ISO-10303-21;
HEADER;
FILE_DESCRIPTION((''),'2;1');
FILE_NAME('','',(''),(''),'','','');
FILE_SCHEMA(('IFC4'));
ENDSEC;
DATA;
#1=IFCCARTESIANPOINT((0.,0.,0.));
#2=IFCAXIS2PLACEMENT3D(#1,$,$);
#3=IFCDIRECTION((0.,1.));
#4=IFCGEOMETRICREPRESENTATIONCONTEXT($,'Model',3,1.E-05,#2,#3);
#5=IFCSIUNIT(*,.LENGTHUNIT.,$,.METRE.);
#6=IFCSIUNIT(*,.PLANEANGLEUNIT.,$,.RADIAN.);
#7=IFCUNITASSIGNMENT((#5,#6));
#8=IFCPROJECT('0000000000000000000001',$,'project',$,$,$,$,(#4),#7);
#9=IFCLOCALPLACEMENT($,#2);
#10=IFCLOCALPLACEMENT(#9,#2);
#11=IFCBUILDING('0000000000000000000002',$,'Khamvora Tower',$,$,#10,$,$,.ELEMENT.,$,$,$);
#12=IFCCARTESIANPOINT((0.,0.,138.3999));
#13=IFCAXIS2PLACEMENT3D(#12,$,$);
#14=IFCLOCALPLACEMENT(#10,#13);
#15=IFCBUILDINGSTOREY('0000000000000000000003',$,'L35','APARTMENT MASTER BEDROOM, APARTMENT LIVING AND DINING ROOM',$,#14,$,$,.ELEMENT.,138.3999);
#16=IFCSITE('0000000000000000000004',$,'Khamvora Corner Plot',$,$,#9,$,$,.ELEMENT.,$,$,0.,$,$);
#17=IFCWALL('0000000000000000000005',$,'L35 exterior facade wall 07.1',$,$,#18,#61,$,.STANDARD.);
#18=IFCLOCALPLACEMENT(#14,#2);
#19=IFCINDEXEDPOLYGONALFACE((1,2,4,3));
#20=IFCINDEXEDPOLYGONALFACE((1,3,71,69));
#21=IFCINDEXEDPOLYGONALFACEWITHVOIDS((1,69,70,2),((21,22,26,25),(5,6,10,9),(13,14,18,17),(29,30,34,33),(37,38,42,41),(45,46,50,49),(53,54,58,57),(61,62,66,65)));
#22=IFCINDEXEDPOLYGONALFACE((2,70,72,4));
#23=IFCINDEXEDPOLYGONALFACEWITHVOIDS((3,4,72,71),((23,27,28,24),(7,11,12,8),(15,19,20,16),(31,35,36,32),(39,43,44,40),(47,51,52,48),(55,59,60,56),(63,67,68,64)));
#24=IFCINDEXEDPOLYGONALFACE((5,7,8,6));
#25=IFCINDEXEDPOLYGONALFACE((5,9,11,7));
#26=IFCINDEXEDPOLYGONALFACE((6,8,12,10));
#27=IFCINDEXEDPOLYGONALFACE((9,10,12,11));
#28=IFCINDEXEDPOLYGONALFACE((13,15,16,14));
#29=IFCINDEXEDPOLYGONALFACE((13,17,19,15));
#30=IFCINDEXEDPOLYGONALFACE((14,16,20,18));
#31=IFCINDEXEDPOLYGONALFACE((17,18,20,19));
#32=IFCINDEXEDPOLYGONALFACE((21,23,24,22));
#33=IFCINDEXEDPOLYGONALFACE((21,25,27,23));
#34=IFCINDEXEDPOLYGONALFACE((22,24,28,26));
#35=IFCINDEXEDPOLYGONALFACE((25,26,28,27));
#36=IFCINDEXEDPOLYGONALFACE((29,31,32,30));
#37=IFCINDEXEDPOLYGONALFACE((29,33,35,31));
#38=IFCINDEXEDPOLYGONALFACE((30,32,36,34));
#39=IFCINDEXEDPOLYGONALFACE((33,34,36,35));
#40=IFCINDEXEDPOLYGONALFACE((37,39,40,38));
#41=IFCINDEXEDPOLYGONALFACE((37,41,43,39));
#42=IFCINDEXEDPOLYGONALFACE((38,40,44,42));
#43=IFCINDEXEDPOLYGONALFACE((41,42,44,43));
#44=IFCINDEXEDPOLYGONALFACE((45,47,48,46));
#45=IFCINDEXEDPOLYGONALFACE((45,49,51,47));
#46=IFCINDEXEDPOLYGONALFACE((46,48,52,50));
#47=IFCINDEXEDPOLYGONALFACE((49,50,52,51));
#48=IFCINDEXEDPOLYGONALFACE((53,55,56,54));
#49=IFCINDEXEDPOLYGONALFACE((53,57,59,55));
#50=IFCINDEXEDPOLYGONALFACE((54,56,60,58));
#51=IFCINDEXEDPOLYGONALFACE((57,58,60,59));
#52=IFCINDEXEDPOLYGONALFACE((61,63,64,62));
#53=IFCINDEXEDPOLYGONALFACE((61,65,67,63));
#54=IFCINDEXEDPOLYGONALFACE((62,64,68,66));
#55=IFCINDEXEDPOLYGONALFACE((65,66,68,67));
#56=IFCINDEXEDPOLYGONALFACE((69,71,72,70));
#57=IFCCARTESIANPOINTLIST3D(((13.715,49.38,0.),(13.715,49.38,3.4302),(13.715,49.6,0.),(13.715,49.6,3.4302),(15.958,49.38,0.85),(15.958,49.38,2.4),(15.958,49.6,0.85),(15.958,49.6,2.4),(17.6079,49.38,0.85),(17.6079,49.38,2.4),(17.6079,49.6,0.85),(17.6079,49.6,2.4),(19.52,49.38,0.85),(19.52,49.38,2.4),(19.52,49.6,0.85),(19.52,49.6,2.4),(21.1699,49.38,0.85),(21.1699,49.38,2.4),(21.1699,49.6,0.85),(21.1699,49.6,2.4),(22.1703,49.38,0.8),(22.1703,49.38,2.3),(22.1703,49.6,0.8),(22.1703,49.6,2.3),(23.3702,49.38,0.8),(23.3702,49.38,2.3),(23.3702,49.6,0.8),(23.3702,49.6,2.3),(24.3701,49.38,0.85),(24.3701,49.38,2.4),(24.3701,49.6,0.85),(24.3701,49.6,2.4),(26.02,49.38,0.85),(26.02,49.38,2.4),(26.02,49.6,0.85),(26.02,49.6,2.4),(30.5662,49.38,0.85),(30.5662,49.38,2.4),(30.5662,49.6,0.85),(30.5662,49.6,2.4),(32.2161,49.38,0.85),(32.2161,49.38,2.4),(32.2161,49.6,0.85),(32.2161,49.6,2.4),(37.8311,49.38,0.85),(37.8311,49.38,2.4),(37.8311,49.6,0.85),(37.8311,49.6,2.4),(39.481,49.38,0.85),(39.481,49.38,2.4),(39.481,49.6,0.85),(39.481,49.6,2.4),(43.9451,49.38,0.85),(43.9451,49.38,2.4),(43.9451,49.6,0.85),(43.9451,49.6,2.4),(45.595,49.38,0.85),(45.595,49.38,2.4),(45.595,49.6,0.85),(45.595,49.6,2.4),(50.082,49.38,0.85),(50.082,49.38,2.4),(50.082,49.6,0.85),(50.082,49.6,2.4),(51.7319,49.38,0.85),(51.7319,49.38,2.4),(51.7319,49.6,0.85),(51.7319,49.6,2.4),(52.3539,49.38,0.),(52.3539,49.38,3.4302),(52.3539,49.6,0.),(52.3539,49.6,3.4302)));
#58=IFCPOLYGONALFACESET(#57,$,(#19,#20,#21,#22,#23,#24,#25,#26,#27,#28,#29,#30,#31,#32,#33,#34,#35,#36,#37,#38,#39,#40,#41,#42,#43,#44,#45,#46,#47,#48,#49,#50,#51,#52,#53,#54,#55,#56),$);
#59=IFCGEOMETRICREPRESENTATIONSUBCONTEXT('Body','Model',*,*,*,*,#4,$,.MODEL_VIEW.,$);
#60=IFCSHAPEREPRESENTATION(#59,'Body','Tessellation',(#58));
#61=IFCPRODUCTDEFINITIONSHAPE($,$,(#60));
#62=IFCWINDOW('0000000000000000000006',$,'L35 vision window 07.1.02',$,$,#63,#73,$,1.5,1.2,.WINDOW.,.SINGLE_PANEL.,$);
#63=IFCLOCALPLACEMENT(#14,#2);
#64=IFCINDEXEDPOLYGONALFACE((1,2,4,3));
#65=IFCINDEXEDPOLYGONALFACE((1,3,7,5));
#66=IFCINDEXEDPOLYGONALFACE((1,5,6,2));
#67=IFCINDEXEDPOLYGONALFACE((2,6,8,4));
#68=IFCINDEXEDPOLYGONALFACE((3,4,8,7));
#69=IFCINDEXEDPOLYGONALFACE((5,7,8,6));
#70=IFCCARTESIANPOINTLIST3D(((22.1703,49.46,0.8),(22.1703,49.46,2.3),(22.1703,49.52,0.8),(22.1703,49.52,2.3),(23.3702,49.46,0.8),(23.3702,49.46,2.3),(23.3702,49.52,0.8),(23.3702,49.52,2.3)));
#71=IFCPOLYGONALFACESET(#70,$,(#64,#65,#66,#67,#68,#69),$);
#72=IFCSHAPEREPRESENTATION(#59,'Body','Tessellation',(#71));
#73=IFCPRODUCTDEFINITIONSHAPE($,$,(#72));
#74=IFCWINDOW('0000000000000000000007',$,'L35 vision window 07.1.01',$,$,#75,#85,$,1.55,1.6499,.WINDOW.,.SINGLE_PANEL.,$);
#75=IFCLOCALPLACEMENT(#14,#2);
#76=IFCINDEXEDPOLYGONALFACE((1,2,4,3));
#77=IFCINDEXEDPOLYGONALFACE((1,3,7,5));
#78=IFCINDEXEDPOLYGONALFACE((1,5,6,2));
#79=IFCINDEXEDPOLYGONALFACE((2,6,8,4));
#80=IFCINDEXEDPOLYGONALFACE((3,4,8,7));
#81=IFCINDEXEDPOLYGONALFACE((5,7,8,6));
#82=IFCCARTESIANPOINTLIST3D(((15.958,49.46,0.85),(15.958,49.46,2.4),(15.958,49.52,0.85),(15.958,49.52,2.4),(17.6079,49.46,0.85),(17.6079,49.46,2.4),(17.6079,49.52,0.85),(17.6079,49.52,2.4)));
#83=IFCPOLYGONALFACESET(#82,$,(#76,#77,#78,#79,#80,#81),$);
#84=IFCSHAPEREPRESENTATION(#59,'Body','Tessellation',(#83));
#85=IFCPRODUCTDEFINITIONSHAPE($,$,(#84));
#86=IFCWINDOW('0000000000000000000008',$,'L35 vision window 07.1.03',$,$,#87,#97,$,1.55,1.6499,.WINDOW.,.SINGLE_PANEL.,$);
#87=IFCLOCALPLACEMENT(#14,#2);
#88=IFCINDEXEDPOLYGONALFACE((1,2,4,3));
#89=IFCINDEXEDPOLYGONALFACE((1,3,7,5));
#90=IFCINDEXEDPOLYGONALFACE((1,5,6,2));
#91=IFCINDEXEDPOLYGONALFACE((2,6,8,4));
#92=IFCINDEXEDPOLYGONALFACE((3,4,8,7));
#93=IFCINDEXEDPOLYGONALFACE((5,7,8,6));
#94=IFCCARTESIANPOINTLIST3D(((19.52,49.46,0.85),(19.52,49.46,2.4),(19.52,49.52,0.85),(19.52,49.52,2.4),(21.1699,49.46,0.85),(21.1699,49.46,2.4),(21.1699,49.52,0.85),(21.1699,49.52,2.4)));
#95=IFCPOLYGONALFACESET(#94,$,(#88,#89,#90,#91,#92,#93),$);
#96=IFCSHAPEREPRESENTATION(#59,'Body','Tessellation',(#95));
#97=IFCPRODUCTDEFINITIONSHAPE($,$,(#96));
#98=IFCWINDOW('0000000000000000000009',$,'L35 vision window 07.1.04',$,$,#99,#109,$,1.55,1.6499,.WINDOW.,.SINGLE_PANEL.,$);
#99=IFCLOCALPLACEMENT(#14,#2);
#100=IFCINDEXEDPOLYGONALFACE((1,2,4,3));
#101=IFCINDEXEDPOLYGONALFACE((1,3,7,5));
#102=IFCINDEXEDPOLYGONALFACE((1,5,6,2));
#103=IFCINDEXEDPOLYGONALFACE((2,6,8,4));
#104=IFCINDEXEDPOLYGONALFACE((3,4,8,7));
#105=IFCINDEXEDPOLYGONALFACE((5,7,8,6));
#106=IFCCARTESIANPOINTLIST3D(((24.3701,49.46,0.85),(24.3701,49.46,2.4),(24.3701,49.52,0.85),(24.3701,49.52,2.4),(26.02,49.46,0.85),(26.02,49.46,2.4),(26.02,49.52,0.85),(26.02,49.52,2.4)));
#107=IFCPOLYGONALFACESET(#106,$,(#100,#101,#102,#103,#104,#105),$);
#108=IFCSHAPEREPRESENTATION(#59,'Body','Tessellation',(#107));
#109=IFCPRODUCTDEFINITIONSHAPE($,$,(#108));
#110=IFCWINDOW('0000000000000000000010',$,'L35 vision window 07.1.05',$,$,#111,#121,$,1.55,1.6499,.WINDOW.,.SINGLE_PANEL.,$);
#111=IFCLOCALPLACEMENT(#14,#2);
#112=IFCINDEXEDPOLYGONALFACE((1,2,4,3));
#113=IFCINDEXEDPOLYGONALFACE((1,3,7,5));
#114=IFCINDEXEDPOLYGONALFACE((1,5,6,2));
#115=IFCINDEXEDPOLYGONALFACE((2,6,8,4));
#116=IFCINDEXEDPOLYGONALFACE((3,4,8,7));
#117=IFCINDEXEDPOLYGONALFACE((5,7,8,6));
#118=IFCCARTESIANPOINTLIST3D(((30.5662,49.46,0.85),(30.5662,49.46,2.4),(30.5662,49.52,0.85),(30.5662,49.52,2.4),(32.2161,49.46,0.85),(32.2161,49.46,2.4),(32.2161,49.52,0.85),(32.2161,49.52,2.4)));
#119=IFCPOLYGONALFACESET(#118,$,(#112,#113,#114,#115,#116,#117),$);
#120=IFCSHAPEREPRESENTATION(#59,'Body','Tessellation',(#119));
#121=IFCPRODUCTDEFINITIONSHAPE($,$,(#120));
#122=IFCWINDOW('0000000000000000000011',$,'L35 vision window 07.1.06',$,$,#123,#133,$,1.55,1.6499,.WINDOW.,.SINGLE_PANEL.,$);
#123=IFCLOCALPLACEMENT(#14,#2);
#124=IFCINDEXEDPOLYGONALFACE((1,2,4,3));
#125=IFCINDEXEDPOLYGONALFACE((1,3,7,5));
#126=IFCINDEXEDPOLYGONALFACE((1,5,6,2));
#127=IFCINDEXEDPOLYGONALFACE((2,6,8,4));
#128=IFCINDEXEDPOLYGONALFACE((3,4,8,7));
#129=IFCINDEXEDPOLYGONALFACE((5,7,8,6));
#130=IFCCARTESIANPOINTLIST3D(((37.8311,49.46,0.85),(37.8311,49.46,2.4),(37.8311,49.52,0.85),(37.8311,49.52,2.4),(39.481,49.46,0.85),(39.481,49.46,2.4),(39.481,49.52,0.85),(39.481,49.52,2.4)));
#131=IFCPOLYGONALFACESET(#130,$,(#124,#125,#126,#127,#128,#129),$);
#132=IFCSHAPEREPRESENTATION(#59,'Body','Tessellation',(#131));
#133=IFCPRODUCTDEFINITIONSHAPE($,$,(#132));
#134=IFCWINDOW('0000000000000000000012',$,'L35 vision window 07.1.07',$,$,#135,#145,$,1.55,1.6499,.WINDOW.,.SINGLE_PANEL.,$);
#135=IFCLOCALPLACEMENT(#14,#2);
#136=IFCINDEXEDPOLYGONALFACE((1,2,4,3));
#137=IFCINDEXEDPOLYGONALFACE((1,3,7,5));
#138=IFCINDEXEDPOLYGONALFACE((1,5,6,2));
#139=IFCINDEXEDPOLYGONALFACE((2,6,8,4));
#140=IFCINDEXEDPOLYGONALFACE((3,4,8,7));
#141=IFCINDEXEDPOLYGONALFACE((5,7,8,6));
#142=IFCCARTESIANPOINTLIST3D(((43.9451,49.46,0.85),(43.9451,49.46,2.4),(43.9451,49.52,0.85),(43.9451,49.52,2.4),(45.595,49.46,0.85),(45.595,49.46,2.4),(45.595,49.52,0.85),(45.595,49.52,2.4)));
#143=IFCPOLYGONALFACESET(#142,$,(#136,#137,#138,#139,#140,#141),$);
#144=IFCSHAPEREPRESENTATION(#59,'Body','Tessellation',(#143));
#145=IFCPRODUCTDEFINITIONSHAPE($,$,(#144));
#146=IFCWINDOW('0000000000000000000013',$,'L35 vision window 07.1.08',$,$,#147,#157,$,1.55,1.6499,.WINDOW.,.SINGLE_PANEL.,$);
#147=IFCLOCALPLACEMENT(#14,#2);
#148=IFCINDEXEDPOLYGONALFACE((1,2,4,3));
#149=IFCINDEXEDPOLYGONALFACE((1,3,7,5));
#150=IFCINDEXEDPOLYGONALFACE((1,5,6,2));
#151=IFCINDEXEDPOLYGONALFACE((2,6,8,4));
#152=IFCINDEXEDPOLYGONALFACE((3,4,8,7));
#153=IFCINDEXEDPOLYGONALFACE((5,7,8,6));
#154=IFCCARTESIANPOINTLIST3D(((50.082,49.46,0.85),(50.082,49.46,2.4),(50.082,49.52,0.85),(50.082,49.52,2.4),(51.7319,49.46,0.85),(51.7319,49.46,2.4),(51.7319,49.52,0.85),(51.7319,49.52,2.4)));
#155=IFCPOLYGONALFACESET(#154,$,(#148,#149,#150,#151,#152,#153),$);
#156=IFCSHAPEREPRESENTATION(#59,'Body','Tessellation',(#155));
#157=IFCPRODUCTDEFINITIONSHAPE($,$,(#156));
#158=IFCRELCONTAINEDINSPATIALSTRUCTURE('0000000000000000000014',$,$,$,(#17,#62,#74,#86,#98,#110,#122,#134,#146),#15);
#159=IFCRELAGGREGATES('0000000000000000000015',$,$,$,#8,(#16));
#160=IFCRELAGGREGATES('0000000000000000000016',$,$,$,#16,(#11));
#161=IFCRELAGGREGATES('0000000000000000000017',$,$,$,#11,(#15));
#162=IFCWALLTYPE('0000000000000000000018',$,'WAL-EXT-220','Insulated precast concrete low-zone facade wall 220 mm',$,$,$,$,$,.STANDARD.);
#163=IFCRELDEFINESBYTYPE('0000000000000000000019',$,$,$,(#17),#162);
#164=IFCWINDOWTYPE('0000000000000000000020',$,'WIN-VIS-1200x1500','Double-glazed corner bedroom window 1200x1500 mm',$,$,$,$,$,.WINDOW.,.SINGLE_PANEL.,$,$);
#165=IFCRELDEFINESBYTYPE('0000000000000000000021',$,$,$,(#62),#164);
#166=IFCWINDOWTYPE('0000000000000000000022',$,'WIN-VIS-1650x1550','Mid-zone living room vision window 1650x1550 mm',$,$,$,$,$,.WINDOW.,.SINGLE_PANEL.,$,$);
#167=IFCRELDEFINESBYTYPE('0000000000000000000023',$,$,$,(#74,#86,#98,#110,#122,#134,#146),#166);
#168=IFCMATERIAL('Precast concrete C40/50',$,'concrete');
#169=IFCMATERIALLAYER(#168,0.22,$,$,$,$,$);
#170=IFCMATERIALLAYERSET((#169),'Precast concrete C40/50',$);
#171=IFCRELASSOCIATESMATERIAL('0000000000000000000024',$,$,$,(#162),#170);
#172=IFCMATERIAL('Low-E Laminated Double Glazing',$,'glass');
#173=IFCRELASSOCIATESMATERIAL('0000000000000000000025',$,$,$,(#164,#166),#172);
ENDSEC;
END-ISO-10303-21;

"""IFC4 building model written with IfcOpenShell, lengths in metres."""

from ifc_helpers import new_model, si_unit, direction, frame, frame_2d, origin, place, context, subcontext, project, spatial, rectangle, extrude, material, layer, layer_set, type_object, element, fill, save


model = new_model("IFC4")

# Units and contexts
model_context = context("Model", 3, precision=1e-05, world=origin(), true_north=direction((0.0, 1.0)))
body_context = subcontext(model_context, "Body", "Model", "MODEL_VIEW")
ifc_project = project(units=[si_unit("LENGTHUNIT", "METRE"), si_unit("PLANEANGLEUNIT", "RADIAN")], contexts=[model_context])

# Site, building, storey
site_placement = place(None, origin())
site = spatial("IfcSite", under=ifc_project, at=site_placement, Name="Khamvora Corner Plot", CompositionType="ELEMENT", RefElevation=0.0)
building_placement = place(site_placement, origin())
building = spatial("IfcBuilding", under=site, at=building_placement, Name="Khamvora Tower", CompositionType="ELEMENT")
storey_placement = place(building_placement, frame((0.0, 0.0, 138.3999)))
storey = spatial("IfcBuildingStorey", under=building, at=storey_placement, Name="L35", Description="APARTMENT MASTER BEDROOM, APARTMENT LIVING AND DINING ROOM", CompositionType="ELEMENT", Elevation=138.3999)

# Shared definitions
ifc_material_1 = material(Name="Precast concrete C40/50", Category="concrete")
ifc_layer_1 = layer(ifc_material_1, 0.22)
ifc_layer_set_1 = layer_set([ifc_layer_1], Name="Precast concrete C40/50")
wall_type_1 = type_object("IfcWallType", Name="WAL-EXT-220", Description="Insulated precast concrete low-zone facade wall 220 mm", PredefinedType="STANDARD", material=ifc_layer_set_1)

# Wall, openings, windows
wall_1_placement = place(storey_placement, frame((13.7151, 49.49, 0.0), z_axis=(0.0, 0.0, 1.0), x_axis=(1.0, 0.0, 0.0)))
wall_1 = element("IfcWall", 1, at=wall_1_placement, inside=storey, type_object=wall_type_1, Name="L35 exterior facade wall 07.1", PredefinedType="STANDARD", context=body_context, shape_type="SweptSolid", body=[
    extrude(rectangle(XDim=38.6389, YDim=0.22, at=frame_2d((19.3193, 0.0))), origin(), (0.0, 0.0, 1.0), 3.4302),
])
opening_1_placement = place(wall_1_placement, frame((2.2429, 0.0, 0.8501)))
opening_1 = element("IfcOpeningElement", 2, at=opening_1_placement, cuts=wall_1, PredefinedType="OPENING", context=body_context, shape_type="SweptSolid", body=[
    extrude(rectangle(XDim=1.6499, YDim=1.55, at=frame_2d((0.825, 0.7749))), frame((0.0, 0.1199, 0.0), z_axis=(0.0, -1.0, 0.0), x_axis=(1.0, 0.0, 0.0)), (0.0, 0.0, 1.0), 0.24),
])
opening_2_placement = place(wall_1_placement, frame((8.4551, 0.0, 0.8)))
opening_2 = element("IfcOpeningElement", 3, at=opening_2_placement, cuts=wall_1, PredefinedType="OPENING", context=body_context, shape_type="SweptSolid", body=[
    extrude(rectangle(XDim=1.2, YDim=1.5, at=frame_2d((0.6001, 0.75))), frame((0.0, 0.1199, 0.0), z_axis=(0.0, -1.0, 0.0), x_axis=(1.0, 0.0, 0.0)), (0.0, 0.0, 1.0), 0.24),
])
opening_3_placement = place(wall_1_placement, frame((5.8049, 0.0, 0.8501)))
opening_3 = element("IfcOpeningElement", 4, at=opening_3_placement, cuts=wall_1, PredefinedType="OPENING", context=body_context, shape_type="SweptSolid", body=[
    extrude(rectangle(XDim=1.6499, YDim=1.55, at=frame_2d((0.825, 0.7749))), frame((0.0, 0.1199, 0.0), z_axis=(0.0, -1.0, 0.0), x_axis=(1.0, 0.0, 0.0)), (0.0, 0.0, 1.0), 0.24),
])
opening_4_placement = place(wall_1_placement, frame((10.655, 0.0, 0.8501)))
opening_4 = element("IfcOpeningElement", 5, at=opening_4_placement, cuts=wall_1, PredefinedType="OPENING", context=body_context, shape_type="SweptSolid", body=[
    extrude(rectangle(XDim=1.6499, YDim=1.55, at=frame_2d((0.825, 0.7749))), frame((0.0, 0.1199, 0.0), z_axis=(0.0, -1.0, 0.0), x_axis=(1.0, 0.0, 0.0)), (0.0, 0.0, 1.0), 0.24),
])
opening_5_placement = place(wall_1_placement, frame((16.8511, 0.0, 0.8501)))
opening_5 = element("IfcOpeningElement", 6, at=opening_5_placement, cuts=wall_1, PredefinedType="OPENING", context=body_context, shape_type="SweptSolid", body=[
    extrude(rectangle(XDim=1.6499, YDim=1.55, at=frame_2d((0.825, 0.7749))), frame((0.0, 0.1199, 0.0), z_axis=(0.0, -1.0, 0.0), x_axis=(1.0, 0.0, 0.0)), (0.0, 0.0, 1.0), 0.24),
])
opening_6_placement = place(wall_1_placement, frame((24.116, 0.0, 0.8501)))
opening_6 = element("IfcOpeningElement", 7, at=opening_6_placement, cuts=wall_1, PredefinedType="OPENING", context=body_context, shape_type="SweptSolid", body=[
    extrude(rectangle(XDim=1.6499, YDim=1.55, at=frame_2d((0.825, 0.7749))), frame((0.0, 0.1199, 0.0), z_axis=(0.0, -1.0, 0.0), x_axis=(1.0, 0.0, 0.0)), (0.0, 0.0, 1.0), 0.24),
])
opening_7_placement = place(wall_1_placement, frame((30.23, 0.0, 0.8501)))
opening_7 = element("IfcOpeningElement", 8, at=opening_7_placement, cuts=wall_1, PredefinedType="OPENING", context=body_context, shape_type="SweptSolid", body=[
    extrude(rectangle(XDim=1.6499, YDim=1.55, at=frame_2d((0.825, 0.7749))), frame((0.0, 0.1199, 0.0), z_axis=(0.0, -1.0, 0.0), x_axis=(1.0, 0.0, 0.0)), (0.0, 0.0, 1.0), 0.24),
])
opening_8_placement = place(wall_1_placement, frame((36.3669, 0.0, 0.8501)))
opening_8 = element("IfcOpeningElement", 9, at=opening_8_placement, cuts=wall_1, PredefinedType="OPENING", context=body_context, shape_type="SweptSolid", body=[
    extrude(rectangle(XDim=1.6499, YDim=1.55, at=frame_2d((0.825, 0.7749))), frame((0.0, 0.1199, 0.0), z_axis=(0.0, -1.0, 0.0), x_axis=(1.0, 0.0, 0.0)), (0.0, 0.0, 1.0), 0.24),
])
ifc_material_2 = material(Name="Low-E Laminated Double Glazing", Category="glass")
window_type_1 = type_object("IfcWindowType", Name="WIN-VIS-1200x1500", Description="Double-glazed corner bedroom window 1200x1500 mm", PartitioningType="SINGLE_PANEL", PredefinedType="WINDOW", material=ifc_material_2)
window_1_placement = place(opening_2_placement, origin())
window_1 = element("IfcWindow", 10, at=window_1_placement, inside=storey, type_object=window_type_1, Name="L35 vision window 07.1.02", OverallHeight=1.5, OverallWidth=1.2, PartitioningType="SINGLE_PANEL", PredefinedType="WINDOW", context=body_context, shape_type="SweptSolid", body=[
    extrude(rectangle(XDim=1.2, YDim=1.5, at=frame_2d((0.6001, 0.75))), frame((0.0, 0.03, 0.0), z_axis=(0.0, -1.0, 0.0), x_axis=(1.0, 0.0, 0.0)), (0.0, 0.0, 1.0), 0.0601),
])
fill(opening_2, window_1)
window_type_2 = type_object("IfcWindowType", Name="WIN-VIS-1650x1550", Description="Mid-zone living room vision window 1650x1550 mm", PartitioningType="SINGLE_PANEL", PredefinedType="WINDOW", material=ifc_material_2)
window_2_placement = place(opening_1_placement, origin())
window_2 = element("IfcWindow", 11, at=window_2_placement, inside=storey, type_object=window_type_2, Name="L35 vision window 07.1.01", OverallHeight=1.55, OverallWidth=1.6499, PartitioningType="SINGLE_PANEL", PredefinedType="WINDOW", context=body_context, shape_type="SweptSolid", body=[
    extrude(rectangle(XDim=1.6499, YDim=1.55, at=frame_2d((0.825, 0.7749))), frame((0.0, 0.03, 0.0), z_axis=(0.0, -1.0, 0.0), x_axis=(1.0, 0.0, 0.0)), (0.0, 0.0, 1.0), 0.0601),
])
fill(opening_1, window_2)
window_3_placement = place(opening_3_placement, origin())
window_3 = element("IfcWindow", 12, at=window_3_placement, inside=storey, type_object=window_type_2, Name="L35 vision window 07.1.03", OverallHeight=1.55, OverallWidth=1.6499, PartitioningType="SINGLE_PANEL", PredefinedType="WINDOW", context=body_context, shape_type="SweptSolid", body=[
    extrude(rectangle(XDim=1.6499, YDim=1.55, at=frame_2d((0.825, 0.7749))), frame((0.0, 0.03, 0.0), z_axis=(0.0, -1.0, 0.0), x_axis=(1.0, 0.0, 0.0)), (0.0, 0.0, 1.0), 0.0601),
])
fill(opening_3, window_3)
window_4_placement = place(opening_4_placement, origin())
window_4 = element("IfcWindow", 13, at=window_4_placement, inside=storey, type_object=window_type_2, Name="L35 vision window 07.1.04", OverallHeight=1.55, OverallWidth=1.6499, PartitioningType="SINGLE_PANEL", PredefinedType="WINDOW", context=body_context, shape_type="SweptSolid", body=[
    extrude(rectangle(XDim=1.6499, YDim=1.55, at=frame_2d((0.825, 0.7749))), frame((0.0, 0.03, 0.0), z_axis=(0.0, -1.0, 0.0), x_axis=(1.0, 0.0, 0.0)), (0.0, 0.0, 1.0), 0.0601),
])
fill(opening_4, window_4)
window_5_placement = place(opening_5_placement, origin())
window_5 = element("IfcWindow", 14, at=window_5_placement, inside=storey, type_object=window_type_2, Name="L35 vision window 07.1.05", OverallHeight=1.55, OverallWidth=1.6499, PartitioningType="SINGLE_PANEL", PredefinedType="WINDOW", context=body_context, shape_type="SweptSolid", body=[
    extrude(rectangle(XDim=1.6499, YDim=1.55, at=frame_2d((0.825, 0.7749))), frame((0.0, 0.03, 0.0), z_axis=(0.0, -1.0, 0.0), x_axis=(1.0, 0.0, 0.0)), (0.0, 0.0, 1.0), 0.0601),
])
fill(opening_5, window_5)
window_6_placement = place(opening_6_placement, origin())
window_6 = element("IfcWindow", 15, at=window_6_placement, inside=storey, type_object=window_type_2, Name="L35 vision window 07.1.06", OverallHeight=1.55, OverallWidth=1.6499, PartitioningType="SINGLE_PANEL", PredefinedType="WINDOW", context=body_context, shape_type="SweptSolid", body=[
    extrude(rectangle(XDim=1.6499, YDim=1.55, at=frame_2d((0.825, 0.7749))), frame((0.0, 0.03, 0.0), z_axis=(0.0, -1.0, 0.0), x_axis=(1.0, 0.0, 0.0)), (0.0, 0.0, 1.0), 0.0601),
])
fill(opening_6, window_6)
window_7_placement = place(opening_7_placement, origin())
window_7 = element("IfcWindow", 16, at=window_7_placement, inside=storey, type_object=window_type_2, Name="L35 vision window 07.1.07", OverallHeight=1.55, OverallWidth=1.6499, PartitioningType="SINGLE_PANEL", PredefinedType="WINDOW", context=body_context, shape_type="SweptSolid", body=[
    extrude(rectangle(XDim=1.6499, YDim=1.55, at=frame_2d((0.825, 0.7749))), frame((0.0, 0.03, 0.0), z_axis=(0.0, -1.0, 0.0), x_axis=(1.0, 0.0, 0.0)), (0.0, 0.0, 1.0), 0.0601),
])
fill(opening_7, window_7)
window_8_placement = place(opening_8_placement, origin())
window_8 = element("IfcWindow", 17, at=window_8_placement, inside=storey, type_object=window_type_2, Name="L35 vision window 07.1.08", OverallHeight=1.55, OverallWidth=1.6499, PartitioningType="SINGLE_PANEL", PredefinedType="WINDOW", context=body_context, shape_type="SweptSolid", body=[
    extrude(rectangle(XDim=1.6499, YDim=1.55, at=frame_2d((0.825, 0.7749))), frame((0.0, 0.03, 0.0), z_axis=(0.0, -1.0, 0.0), x_axis=(1.0, 0.0, 0.0)), (0.0, 0.0, 1.0), 0.0601),
])
fill(opening_8, window_8)

save(model, "model.ifc")
